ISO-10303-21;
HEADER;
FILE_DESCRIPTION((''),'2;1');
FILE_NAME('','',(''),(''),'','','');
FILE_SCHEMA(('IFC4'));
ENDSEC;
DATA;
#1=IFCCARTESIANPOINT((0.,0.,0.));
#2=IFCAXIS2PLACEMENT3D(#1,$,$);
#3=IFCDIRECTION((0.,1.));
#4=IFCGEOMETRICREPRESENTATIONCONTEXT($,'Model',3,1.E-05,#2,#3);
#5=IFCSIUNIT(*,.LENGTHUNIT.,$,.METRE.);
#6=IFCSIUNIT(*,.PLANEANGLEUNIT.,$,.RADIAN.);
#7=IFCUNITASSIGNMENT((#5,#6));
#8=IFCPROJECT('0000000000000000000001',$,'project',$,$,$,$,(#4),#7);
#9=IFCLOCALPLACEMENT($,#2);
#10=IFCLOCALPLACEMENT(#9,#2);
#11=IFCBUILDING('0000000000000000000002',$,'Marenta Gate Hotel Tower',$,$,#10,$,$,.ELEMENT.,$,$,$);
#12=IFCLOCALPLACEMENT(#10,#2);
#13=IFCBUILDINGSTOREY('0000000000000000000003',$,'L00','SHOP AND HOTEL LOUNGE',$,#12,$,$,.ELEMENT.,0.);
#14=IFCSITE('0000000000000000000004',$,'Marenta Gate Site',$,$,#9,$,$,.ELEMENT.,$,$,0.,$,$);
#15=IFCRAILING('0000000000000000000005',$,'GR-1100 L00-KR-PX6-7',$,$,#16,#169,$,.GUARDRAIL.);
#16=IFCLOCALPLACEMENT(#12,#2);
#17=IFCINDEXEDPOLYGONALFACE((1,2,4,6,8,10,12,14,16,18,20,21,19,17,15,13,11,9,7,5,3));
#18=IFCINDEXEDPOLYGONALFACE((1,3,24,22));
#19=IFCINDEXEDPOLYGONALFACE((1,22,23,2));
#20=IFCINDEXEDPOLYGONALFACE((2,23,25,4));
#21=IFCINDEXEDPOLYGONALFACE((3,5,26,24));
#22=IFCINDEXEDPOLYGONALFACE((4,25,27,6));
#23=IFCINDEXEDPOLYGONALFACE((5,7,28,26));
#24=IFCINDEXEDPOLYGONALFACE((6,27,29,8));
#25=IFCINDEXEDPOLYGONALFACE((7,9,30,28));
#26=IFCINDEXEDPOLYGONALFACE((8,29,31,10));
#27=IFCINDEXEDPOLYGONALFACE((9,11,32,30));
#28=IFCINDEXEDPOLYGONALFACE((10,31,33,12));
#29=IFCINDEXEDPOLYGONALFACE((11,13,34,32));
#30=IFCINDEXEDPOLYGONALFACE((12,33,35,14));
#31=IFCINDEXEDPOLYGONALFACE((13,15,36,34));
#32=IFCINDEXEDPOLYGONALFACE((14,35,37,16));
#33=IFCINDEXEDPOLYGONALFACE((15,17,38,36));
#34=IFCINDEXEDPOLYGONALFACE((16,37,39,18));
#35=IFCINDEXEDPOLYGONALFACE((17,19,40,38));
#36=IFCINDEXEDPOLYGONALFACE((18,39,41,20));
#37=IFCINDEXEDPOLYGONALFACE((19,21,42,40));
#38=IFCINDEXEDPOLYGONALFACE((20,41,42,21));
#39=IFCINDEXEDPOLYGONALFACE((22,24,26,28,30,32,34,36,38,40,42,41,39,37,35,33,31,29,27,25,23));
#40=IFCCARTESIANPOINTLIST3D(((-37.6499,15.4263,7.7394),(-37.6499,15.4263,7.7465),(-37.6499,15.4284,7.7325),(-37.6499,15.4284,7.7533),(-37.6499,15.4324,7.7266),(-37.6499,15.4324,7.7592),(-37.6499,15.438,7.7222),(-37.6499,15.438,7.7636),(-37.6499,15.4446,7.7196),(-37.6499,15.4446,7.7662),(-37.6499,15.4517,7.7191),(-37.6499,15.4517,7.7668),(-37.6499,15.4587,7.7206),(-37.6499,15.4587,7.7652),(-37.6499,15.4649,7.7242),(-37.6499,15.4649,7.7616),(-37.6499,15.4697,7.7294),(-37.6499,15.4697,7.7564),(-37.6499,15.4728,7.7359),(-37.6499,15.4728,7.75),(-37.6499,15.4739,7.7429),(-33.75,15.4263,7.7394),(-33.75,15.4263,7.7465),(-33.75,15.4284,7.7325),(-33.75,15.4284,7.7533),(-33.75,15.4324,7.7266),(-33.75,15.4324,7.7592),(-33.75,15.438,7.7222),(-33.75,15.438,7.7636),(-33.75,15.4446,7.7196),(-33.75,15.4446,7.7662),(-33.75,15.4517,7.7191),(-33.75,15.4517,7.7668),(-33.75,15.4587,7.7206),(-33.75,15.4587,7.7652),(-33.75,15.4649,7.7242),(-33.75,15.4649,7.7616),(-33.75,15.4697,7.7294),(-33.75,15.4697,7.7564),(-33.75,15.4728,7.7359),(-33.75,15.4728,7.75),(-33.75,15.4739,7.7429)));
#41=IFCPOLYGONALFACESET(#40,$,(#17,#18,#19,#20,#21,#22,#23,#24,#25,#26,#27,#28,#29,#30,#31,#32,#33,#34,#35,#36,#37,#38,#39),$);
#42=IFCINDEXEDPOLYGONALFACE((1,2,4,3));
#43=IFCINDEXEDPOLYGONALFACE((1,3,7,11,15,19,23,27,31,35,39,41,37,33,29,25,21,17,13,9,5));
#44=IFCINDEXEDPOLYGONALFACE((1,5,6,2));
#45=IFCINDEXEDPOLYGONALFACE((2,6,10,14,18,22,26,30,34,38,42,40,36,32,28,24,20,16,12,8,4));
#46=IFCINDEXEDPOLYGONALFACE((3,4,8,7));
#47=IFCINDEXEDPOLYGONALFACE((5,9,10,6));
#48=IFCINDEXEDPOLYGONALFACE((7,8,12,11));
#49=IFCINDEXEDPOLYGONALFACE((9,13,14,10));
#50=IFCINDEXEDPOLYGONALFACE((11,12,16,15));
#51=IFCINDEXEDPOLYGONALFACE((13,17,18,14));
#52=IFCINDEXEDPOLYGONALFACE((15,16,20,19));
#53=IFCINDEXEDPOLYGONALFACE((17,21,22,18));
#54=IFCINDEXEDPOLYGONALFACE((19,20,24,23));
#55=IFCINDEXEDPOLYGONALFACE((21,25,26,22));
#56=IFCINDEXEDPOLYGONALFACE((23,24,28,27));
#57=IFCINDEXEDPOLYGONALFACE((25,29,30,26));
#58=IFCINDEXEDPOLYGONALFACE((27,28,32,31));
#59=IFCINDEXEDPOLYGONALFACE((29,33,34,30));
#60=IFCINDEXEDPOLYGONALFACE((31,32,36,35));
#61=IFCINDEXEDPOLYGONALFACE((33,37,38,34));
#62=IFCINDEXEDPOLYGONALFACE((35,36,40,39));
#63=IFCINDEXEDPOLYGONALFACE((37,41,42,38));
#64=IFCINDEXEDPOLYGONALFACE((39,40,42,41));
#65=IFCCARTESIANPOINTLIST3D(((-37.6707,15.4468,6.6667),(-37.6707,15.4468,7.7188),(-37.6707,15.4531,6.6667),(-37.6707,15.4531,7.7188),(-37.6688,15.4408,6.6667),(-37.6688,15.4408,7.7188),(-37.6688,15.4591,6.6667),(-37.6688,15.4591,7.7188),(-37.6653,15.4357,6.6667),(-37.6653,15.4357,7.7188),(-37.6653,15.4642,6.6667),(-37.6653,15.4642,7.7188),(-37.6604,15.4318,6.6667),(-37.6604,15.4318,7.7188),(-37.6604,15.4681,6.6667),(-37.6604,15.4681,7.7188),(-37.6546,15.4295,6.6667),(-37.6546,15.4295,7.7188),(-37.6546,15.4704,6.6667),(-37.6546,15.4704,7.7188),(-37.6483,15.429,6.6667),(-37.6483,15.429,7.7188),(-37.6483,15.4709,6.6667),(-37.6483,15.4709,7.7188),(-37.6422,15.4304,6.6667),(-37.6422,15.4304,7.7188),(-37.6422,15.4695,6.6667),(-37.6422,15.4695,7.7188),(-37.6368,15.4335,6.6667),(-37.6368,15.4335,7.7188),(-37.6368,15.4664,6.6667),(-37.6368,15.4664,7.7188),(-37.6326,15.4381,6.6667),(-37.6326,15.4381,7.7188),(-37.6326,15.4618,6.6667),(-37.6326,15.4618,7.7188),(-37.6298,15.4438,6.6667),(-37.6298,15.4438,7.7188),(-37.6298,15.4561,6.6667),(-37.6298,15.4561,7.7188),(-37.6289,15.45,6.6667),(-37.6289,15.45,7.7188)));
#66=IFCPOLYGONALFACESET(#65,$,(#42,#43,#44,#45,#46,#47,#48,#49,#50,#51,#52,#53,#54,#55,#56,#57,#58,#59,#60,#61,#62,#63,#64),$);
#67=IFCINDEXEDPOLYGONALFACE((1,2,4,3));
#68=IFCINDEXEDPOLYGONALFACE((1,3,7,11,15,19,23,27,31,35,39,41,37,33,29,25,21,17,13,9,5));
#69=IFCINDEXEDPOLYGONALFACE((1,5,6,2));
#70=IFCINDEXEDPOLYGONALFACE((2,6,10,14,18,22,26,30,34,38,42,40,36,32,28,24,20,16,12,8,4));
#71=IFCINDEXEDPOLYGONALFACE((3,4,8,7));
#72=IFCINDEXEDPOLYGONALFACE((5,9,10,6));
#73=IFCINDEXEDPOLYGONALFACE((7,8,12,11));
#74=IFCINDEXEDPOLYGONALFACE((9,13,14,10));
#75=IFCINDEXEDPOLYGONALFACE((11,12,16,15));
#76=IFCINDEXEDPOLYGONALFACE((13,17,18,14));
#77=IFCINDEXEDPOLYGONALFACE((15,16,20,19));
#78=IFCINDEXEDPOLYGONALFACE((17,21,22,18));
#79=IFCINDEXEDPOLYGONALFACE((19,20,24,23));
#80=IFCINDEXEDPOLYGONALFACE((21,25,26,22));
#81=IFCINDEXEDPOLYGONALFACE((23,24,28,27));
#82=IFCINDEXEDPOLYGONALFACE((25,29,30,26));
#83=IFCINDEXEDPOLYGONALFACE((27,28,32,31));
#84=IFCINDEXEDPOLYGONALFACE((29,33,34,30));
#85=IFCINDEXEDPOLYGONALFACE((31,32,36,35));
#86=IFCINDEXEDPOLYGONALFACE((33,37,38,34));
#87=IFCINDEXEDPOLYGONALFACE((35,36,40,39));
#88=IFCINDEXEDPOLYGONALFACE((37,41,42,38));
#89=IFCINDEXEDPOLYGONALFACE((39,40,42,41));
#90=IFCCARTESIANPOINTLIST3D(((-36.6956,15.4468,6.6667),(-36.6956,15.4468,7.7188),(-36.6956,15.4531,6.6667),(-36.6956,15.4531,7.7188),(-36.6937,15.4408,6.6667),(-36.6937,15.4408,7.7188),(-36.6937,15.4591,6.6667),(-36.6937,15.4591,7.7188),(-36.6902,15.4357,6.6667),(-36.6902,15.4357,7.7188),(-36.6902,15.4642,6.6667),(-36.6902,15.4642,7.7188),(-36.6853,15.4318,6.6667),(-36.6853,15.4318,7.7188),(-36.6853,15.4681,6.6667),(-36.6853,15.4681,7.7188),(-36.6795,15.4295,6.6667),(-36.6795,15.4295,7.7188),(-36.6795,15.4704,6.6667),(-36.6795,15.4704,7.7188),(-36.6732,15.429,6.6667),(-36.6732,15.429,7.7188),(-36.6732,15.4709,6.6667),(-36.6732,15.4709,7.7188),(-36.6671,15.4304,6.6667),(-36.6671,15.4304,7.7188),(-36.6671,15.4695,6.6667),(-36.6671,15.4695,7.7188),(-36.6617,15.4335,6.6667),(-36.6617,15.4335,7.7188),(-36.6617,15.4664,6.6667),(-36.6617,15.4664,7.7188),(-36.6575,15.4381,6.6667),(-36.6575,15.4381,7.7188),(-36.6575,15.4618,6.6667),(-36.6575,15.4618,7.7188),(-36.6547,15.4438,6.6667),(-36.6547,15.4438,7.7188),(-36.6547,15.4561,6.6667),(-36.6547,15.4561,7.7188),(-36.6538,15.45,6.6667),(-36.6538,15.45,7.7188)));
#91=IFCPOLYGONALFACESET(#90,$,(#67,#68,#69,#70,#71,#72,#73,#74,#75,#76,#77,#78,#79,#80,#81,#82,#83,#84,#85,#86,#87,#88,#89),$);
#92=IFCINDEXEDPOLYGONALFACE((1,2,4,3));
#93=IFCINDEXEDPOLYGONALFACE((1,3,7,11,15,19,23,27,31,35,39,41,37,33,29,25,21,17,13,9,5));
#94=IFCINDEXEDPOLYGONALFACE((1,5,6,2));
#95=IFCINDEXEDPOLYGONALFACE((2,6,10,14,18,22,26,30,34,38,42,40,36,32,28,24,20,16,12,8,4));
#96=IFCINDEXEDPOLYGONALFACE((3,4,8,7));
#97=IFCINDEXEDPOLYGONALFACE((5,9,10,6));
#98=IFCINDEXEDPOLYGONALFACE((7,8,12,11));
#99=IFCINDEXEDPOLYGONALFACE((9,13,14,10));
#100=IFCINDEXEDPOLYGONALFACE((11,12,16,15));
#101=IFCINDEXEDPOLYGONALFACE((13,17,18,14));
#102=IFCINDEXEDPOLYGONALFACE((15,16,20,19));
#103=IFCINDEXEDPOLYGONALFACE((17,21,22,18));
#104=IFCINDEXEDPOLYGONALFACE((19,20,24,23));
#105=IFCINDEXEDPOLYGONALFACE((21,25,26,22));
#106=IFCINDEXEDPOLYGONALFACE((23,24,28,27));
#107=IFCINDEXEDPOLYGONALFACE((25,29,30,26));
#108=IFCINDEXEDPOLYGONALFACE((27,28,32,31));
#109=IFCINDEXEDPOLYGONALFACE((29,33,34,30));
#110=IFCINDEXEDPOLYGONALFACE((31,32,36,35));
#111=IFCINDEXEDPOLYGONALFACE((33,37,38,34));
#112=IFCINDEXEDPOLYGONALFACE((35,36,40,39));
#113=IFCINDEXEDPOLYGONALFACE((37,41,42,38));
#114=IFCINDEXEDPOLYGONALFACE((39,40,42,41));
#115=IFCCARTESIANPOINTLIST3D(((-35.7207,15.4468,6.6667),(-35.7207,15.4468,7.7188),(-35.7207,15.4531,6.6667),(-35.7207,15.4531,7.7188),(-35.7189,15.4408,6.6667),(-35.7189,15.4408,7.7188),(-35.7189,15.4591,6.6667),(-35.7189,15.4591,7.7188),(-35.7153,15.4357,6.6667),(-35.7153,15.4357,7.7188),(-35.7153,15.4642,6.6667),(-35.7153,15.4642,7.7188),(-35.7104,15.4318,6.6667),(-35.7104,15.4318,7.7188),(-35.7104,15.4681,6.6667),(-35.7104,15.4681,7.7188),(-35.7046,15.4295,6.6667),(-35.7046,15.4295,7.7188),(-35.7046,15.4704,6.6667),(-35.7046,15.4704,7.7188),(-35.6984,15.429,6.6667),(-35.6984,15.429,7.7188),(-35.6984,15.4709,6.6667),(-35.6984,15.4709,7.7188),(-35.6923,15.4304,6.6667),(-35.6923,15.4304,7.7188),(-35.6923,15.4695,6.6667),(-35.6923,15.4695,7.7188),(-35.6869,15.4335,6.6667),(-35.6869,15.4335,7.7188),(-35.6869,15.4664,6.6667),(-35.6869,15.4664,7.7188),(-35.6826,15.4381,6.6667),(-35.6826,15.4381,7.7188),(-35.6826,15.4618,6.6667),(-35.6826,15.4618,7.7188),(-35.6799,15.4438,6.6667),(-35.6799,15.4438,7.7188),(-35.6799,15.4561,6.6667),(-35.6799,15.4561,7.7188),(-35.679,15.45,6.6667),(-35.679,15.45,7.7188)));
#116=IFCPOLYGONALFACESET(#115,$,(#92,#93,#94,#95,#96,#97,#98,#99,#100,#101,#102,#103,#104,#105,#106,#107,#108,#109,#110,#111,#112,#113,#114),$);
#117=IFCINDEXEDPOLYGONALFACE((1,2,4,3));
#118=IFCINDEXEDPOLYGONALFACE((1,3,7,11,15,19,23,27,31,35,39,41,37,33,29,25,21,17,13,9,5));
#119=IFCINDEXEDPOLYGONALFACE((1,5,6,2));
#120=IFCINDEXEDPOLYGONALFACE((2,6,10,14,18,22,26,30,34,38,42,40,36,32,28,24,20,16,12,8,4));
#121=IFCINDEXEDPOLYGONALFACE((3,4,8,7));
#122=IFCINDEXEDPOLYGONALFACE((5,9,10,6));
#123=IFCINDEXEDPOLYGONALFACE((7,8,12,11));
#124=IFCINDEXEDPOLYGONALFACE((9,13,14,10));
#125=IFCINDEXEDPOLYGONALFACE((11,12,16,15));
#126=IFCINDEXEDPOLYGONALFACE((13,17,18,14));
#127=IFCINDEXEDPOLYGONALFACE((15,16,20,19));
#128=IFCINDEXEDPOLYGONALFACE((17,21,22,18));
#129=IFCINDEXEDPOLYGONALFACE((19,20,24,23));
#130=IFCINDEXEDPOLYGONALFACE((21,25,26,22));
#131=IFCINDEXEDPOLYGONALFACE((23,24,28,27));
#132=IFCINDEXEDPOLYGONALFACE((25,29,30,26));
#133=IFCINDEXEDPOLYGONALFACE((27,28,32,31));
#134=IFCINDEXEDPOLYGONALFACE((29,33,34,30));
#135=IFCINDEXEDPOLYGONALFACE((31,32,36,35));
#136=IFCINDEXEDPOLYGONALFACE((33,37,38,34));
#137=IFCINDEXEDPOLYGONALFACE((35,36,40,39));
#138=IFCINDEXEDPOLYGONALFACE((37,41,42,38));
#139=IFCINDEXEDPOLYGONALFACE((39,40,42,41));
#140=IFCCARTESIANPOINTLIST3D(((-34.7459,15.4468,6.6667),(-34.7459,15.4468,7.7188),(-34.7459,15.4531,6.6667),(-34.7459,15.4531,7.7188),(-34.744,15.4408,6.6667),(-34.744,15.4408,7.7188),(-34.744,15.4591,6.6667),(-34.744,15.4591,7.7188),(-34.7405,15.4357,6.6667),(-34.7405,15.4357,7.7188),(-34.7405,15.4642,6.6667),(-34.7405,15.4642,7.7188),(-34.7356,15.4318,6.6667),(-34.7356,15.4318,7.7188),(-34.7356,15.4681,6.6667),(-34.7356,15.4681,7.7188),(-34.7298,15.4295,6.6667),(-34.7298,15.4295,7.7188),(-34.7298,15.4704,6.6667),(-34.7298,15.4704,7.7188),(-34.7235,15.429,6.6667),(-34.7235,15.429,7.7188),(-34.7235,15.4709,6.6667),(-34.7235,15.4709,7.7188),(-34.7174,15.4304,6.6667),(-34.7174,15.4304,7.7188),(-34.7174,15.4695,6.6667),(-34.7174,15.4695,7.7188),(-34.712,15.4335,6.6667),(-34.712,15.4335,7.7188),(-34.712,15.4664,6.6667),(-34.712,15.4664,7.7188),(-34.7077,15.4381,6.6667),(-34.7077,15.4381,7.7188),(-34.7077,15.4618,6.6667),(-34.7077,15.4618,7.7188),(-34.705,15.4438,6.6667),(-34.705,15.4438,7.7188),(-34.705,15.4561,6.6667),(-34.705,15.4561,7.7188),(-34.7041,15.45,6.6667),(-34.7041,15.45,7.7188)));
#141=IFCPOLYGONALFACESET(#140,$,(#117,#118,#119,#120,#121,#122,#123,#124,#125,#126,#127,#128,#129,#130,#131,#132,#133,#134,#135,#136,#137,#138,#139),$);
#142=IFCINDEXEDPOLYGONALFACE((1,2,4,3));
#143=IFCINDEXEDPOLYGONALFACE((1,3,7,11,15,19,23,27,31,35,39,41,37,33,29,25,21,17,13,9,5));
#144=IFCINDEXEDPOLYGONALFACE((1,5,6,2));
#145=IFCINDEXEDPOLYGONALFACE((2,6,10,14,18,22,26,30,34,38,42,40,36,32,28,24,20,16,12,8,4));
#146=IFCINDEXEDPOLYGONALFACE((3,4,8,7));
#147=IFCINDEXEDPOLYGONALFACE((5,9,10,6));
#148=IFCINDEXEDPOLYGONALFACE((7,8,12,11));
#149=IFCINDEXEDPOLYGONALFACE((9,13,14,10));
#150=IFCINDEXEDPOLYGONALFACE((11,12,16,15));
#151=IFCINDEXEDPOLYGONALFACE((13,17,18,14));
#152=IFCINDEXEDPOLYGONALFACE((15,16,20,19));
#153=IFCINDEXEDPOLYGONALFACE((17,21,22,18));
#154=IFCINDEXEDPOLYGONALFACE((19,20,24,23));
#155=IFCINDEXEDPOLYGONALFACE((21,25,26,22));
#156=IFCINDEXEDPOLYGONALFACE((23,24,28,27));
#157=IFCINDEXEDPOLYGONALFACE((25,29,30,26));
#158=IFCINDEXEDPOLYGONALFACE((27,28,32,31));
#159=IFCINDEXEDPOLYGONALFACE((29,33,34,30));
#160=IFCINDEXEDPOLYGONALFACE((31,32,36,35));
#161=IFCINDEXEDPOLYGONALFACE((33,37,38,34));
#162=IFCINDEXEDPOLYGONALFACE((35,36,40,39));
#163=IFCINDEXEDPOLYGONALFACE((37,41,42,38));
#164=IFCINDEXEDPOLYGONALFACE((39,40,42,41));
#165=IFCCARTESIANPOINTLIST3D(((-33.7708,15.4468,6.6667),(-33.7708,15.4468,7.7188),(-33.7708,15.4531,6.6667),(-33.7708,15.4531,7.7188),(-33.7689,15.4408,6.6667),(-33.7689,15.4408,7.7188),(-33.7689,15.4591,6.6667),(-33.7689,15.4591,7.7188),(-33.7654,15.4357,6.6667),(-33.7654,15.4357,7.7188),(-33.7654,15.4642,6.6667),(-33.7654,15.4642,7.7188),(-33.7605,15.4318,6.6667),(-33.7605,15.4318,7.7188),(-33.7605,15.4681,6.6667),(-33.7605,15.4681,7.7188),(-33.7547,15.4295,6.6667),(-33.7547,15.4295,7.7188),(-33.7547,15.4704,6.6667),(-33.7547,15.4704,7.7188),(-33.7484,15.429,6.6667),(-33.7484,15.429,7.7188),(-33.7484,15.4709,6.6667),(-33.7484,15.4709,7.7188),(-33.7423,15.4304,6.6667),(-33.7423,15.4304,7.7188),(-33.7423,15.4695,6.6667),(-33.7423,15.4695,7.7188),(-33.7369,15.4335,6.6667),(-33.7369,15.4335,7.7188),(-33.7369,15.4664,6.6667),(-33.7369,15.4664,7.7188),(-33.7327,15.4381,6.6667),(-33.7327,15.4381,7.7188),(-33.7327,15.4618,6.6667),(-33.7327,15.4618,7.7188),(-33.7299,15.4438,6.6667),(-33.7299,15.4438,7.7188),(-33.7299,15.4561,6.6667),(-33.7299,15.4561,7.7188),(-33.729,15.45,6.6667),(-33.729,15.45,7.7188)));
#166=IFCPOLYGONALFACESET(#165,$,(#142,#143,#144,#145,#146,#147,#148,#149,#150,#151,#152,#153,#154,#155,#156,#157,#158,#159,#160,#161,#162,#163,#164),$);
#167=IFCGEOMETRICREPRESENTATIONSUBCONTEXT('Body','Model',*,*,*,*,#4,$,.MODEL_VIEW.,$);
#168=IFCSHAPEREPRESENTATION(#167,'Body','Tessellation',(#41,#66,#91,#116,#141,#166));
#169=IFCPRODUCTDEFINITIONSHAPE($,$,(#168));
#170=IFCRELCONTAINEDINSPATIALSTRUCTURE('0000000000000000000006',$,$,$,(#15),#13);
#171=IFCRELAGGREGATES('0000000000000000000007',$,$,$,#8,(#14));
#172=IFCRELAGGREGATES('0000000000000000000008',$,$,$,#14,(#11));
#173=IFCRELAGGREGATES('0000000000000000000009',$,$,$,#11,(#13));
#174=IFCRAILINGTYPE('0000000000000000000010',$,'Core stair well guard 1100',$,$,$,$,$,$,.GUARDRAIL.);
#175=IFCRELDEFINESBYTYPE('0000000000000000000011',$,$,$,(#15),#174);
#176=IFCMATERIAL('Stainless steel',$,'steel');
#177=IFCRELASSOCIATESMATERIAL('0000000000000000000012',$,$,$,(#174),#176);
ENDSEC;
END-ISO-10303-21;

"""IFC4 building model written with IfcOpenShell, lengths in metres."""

from ifc_helpers import new_model, si_unit, direction, frame, origin, origin_2d, place, context, subcontext, project, spatial, circle, extrude, material, type_object, element, save


model = new_model("IFC4")

# Units and contexts
model_context = context("Model", 3, precision=1e-05, world=origin(), true_north=direction((0.0, 1.0)))
body_context = subcontext(model_context, "Body", "Model", "MODEL_VIEW")
ifc_project = project(units=[si_unit("LENGTHUNIT", "METRE"), si_unit("PLANEANGLEUNIT", "RADIAN")], contexts=[model_context])

# Site, building, storey
site_placement = place(None, origin())
site = spatial("IfcSite", under=ifc_project, at=site_placement, Name="Marenta Gate Site", CompositionType="ELEMENT", RefElevation=0.0)
building_placement = place(site_placement, origin())
building = spatial("IfcBuilding", under=site, at=building_placement, Name="Marenta Gate Hotel Tower", CompositionType="ELEMENT")
storey_placement = place(building_placement, origin())
storey = spatial("IfcBuildingStorey", under=building, at=storey_placement, Name="L00", Description="SHOP AND HOTEL LOUNGE", CompositionType="ELEMENT", Elevation=0.0)

# Railing
ifc_material_1 = material(Name="Stainless steel", Category="steel")
railing_type = type_object("IfcRailingType", Name="Core stair well guard 1100", PredefinedType="GUARDRAIL", material=ifc_material_1)
railing_1_placement = place(storey_placement, frame((-37.6499, 15.45, 6.6667)))
element("IfcRailing", 1, at=railing_1_placement, inside=storey, type_object=railing_type, Name="GR-1100 L00-KR-PX6-7", PredefinedType="GUARDRAIL", context=body_context, shape_type="SweptSolid", body=[
    extrude(circle(Radius=0.0239, at=origin_2d()), frame((0.0, 0.0, 1.0762), z_axis=(1.0, 0.0, 0.0), x_axis=(0.0, 1.0, 0.0)), (0.0, 0.0, 1.0), 3.8999),
    extrude(circle(Radius=0.021, at=origin_2d()), origin(), (0.0, 0.0, 1.0), 1.052),
    extrude(circle(Radius=0.021, at=origin_2d()), frame((0.9751, 0.0, 0.0)), (0.0, 0.0, 1.0), 1.052),
    extrude(circle(Radius=0.021, at=origin_2d()), frame((1.95, 0.0, 0.0)), (0.0, 0.0, 1.0), 1.052),
    extrude(circle(Radius=0.021, at=origin_2d()), frame((2.9248, 0.0, 0.0)), (0.0, 0.0, 1.0), 1.052),
    extrude(circle(Radius=0.021, at=origin_2d()), frame((3.8999, 0.0, 0.0)), (0.0, 0.0, 1.0), 1.052),
])

save(model, "model.ifc")
